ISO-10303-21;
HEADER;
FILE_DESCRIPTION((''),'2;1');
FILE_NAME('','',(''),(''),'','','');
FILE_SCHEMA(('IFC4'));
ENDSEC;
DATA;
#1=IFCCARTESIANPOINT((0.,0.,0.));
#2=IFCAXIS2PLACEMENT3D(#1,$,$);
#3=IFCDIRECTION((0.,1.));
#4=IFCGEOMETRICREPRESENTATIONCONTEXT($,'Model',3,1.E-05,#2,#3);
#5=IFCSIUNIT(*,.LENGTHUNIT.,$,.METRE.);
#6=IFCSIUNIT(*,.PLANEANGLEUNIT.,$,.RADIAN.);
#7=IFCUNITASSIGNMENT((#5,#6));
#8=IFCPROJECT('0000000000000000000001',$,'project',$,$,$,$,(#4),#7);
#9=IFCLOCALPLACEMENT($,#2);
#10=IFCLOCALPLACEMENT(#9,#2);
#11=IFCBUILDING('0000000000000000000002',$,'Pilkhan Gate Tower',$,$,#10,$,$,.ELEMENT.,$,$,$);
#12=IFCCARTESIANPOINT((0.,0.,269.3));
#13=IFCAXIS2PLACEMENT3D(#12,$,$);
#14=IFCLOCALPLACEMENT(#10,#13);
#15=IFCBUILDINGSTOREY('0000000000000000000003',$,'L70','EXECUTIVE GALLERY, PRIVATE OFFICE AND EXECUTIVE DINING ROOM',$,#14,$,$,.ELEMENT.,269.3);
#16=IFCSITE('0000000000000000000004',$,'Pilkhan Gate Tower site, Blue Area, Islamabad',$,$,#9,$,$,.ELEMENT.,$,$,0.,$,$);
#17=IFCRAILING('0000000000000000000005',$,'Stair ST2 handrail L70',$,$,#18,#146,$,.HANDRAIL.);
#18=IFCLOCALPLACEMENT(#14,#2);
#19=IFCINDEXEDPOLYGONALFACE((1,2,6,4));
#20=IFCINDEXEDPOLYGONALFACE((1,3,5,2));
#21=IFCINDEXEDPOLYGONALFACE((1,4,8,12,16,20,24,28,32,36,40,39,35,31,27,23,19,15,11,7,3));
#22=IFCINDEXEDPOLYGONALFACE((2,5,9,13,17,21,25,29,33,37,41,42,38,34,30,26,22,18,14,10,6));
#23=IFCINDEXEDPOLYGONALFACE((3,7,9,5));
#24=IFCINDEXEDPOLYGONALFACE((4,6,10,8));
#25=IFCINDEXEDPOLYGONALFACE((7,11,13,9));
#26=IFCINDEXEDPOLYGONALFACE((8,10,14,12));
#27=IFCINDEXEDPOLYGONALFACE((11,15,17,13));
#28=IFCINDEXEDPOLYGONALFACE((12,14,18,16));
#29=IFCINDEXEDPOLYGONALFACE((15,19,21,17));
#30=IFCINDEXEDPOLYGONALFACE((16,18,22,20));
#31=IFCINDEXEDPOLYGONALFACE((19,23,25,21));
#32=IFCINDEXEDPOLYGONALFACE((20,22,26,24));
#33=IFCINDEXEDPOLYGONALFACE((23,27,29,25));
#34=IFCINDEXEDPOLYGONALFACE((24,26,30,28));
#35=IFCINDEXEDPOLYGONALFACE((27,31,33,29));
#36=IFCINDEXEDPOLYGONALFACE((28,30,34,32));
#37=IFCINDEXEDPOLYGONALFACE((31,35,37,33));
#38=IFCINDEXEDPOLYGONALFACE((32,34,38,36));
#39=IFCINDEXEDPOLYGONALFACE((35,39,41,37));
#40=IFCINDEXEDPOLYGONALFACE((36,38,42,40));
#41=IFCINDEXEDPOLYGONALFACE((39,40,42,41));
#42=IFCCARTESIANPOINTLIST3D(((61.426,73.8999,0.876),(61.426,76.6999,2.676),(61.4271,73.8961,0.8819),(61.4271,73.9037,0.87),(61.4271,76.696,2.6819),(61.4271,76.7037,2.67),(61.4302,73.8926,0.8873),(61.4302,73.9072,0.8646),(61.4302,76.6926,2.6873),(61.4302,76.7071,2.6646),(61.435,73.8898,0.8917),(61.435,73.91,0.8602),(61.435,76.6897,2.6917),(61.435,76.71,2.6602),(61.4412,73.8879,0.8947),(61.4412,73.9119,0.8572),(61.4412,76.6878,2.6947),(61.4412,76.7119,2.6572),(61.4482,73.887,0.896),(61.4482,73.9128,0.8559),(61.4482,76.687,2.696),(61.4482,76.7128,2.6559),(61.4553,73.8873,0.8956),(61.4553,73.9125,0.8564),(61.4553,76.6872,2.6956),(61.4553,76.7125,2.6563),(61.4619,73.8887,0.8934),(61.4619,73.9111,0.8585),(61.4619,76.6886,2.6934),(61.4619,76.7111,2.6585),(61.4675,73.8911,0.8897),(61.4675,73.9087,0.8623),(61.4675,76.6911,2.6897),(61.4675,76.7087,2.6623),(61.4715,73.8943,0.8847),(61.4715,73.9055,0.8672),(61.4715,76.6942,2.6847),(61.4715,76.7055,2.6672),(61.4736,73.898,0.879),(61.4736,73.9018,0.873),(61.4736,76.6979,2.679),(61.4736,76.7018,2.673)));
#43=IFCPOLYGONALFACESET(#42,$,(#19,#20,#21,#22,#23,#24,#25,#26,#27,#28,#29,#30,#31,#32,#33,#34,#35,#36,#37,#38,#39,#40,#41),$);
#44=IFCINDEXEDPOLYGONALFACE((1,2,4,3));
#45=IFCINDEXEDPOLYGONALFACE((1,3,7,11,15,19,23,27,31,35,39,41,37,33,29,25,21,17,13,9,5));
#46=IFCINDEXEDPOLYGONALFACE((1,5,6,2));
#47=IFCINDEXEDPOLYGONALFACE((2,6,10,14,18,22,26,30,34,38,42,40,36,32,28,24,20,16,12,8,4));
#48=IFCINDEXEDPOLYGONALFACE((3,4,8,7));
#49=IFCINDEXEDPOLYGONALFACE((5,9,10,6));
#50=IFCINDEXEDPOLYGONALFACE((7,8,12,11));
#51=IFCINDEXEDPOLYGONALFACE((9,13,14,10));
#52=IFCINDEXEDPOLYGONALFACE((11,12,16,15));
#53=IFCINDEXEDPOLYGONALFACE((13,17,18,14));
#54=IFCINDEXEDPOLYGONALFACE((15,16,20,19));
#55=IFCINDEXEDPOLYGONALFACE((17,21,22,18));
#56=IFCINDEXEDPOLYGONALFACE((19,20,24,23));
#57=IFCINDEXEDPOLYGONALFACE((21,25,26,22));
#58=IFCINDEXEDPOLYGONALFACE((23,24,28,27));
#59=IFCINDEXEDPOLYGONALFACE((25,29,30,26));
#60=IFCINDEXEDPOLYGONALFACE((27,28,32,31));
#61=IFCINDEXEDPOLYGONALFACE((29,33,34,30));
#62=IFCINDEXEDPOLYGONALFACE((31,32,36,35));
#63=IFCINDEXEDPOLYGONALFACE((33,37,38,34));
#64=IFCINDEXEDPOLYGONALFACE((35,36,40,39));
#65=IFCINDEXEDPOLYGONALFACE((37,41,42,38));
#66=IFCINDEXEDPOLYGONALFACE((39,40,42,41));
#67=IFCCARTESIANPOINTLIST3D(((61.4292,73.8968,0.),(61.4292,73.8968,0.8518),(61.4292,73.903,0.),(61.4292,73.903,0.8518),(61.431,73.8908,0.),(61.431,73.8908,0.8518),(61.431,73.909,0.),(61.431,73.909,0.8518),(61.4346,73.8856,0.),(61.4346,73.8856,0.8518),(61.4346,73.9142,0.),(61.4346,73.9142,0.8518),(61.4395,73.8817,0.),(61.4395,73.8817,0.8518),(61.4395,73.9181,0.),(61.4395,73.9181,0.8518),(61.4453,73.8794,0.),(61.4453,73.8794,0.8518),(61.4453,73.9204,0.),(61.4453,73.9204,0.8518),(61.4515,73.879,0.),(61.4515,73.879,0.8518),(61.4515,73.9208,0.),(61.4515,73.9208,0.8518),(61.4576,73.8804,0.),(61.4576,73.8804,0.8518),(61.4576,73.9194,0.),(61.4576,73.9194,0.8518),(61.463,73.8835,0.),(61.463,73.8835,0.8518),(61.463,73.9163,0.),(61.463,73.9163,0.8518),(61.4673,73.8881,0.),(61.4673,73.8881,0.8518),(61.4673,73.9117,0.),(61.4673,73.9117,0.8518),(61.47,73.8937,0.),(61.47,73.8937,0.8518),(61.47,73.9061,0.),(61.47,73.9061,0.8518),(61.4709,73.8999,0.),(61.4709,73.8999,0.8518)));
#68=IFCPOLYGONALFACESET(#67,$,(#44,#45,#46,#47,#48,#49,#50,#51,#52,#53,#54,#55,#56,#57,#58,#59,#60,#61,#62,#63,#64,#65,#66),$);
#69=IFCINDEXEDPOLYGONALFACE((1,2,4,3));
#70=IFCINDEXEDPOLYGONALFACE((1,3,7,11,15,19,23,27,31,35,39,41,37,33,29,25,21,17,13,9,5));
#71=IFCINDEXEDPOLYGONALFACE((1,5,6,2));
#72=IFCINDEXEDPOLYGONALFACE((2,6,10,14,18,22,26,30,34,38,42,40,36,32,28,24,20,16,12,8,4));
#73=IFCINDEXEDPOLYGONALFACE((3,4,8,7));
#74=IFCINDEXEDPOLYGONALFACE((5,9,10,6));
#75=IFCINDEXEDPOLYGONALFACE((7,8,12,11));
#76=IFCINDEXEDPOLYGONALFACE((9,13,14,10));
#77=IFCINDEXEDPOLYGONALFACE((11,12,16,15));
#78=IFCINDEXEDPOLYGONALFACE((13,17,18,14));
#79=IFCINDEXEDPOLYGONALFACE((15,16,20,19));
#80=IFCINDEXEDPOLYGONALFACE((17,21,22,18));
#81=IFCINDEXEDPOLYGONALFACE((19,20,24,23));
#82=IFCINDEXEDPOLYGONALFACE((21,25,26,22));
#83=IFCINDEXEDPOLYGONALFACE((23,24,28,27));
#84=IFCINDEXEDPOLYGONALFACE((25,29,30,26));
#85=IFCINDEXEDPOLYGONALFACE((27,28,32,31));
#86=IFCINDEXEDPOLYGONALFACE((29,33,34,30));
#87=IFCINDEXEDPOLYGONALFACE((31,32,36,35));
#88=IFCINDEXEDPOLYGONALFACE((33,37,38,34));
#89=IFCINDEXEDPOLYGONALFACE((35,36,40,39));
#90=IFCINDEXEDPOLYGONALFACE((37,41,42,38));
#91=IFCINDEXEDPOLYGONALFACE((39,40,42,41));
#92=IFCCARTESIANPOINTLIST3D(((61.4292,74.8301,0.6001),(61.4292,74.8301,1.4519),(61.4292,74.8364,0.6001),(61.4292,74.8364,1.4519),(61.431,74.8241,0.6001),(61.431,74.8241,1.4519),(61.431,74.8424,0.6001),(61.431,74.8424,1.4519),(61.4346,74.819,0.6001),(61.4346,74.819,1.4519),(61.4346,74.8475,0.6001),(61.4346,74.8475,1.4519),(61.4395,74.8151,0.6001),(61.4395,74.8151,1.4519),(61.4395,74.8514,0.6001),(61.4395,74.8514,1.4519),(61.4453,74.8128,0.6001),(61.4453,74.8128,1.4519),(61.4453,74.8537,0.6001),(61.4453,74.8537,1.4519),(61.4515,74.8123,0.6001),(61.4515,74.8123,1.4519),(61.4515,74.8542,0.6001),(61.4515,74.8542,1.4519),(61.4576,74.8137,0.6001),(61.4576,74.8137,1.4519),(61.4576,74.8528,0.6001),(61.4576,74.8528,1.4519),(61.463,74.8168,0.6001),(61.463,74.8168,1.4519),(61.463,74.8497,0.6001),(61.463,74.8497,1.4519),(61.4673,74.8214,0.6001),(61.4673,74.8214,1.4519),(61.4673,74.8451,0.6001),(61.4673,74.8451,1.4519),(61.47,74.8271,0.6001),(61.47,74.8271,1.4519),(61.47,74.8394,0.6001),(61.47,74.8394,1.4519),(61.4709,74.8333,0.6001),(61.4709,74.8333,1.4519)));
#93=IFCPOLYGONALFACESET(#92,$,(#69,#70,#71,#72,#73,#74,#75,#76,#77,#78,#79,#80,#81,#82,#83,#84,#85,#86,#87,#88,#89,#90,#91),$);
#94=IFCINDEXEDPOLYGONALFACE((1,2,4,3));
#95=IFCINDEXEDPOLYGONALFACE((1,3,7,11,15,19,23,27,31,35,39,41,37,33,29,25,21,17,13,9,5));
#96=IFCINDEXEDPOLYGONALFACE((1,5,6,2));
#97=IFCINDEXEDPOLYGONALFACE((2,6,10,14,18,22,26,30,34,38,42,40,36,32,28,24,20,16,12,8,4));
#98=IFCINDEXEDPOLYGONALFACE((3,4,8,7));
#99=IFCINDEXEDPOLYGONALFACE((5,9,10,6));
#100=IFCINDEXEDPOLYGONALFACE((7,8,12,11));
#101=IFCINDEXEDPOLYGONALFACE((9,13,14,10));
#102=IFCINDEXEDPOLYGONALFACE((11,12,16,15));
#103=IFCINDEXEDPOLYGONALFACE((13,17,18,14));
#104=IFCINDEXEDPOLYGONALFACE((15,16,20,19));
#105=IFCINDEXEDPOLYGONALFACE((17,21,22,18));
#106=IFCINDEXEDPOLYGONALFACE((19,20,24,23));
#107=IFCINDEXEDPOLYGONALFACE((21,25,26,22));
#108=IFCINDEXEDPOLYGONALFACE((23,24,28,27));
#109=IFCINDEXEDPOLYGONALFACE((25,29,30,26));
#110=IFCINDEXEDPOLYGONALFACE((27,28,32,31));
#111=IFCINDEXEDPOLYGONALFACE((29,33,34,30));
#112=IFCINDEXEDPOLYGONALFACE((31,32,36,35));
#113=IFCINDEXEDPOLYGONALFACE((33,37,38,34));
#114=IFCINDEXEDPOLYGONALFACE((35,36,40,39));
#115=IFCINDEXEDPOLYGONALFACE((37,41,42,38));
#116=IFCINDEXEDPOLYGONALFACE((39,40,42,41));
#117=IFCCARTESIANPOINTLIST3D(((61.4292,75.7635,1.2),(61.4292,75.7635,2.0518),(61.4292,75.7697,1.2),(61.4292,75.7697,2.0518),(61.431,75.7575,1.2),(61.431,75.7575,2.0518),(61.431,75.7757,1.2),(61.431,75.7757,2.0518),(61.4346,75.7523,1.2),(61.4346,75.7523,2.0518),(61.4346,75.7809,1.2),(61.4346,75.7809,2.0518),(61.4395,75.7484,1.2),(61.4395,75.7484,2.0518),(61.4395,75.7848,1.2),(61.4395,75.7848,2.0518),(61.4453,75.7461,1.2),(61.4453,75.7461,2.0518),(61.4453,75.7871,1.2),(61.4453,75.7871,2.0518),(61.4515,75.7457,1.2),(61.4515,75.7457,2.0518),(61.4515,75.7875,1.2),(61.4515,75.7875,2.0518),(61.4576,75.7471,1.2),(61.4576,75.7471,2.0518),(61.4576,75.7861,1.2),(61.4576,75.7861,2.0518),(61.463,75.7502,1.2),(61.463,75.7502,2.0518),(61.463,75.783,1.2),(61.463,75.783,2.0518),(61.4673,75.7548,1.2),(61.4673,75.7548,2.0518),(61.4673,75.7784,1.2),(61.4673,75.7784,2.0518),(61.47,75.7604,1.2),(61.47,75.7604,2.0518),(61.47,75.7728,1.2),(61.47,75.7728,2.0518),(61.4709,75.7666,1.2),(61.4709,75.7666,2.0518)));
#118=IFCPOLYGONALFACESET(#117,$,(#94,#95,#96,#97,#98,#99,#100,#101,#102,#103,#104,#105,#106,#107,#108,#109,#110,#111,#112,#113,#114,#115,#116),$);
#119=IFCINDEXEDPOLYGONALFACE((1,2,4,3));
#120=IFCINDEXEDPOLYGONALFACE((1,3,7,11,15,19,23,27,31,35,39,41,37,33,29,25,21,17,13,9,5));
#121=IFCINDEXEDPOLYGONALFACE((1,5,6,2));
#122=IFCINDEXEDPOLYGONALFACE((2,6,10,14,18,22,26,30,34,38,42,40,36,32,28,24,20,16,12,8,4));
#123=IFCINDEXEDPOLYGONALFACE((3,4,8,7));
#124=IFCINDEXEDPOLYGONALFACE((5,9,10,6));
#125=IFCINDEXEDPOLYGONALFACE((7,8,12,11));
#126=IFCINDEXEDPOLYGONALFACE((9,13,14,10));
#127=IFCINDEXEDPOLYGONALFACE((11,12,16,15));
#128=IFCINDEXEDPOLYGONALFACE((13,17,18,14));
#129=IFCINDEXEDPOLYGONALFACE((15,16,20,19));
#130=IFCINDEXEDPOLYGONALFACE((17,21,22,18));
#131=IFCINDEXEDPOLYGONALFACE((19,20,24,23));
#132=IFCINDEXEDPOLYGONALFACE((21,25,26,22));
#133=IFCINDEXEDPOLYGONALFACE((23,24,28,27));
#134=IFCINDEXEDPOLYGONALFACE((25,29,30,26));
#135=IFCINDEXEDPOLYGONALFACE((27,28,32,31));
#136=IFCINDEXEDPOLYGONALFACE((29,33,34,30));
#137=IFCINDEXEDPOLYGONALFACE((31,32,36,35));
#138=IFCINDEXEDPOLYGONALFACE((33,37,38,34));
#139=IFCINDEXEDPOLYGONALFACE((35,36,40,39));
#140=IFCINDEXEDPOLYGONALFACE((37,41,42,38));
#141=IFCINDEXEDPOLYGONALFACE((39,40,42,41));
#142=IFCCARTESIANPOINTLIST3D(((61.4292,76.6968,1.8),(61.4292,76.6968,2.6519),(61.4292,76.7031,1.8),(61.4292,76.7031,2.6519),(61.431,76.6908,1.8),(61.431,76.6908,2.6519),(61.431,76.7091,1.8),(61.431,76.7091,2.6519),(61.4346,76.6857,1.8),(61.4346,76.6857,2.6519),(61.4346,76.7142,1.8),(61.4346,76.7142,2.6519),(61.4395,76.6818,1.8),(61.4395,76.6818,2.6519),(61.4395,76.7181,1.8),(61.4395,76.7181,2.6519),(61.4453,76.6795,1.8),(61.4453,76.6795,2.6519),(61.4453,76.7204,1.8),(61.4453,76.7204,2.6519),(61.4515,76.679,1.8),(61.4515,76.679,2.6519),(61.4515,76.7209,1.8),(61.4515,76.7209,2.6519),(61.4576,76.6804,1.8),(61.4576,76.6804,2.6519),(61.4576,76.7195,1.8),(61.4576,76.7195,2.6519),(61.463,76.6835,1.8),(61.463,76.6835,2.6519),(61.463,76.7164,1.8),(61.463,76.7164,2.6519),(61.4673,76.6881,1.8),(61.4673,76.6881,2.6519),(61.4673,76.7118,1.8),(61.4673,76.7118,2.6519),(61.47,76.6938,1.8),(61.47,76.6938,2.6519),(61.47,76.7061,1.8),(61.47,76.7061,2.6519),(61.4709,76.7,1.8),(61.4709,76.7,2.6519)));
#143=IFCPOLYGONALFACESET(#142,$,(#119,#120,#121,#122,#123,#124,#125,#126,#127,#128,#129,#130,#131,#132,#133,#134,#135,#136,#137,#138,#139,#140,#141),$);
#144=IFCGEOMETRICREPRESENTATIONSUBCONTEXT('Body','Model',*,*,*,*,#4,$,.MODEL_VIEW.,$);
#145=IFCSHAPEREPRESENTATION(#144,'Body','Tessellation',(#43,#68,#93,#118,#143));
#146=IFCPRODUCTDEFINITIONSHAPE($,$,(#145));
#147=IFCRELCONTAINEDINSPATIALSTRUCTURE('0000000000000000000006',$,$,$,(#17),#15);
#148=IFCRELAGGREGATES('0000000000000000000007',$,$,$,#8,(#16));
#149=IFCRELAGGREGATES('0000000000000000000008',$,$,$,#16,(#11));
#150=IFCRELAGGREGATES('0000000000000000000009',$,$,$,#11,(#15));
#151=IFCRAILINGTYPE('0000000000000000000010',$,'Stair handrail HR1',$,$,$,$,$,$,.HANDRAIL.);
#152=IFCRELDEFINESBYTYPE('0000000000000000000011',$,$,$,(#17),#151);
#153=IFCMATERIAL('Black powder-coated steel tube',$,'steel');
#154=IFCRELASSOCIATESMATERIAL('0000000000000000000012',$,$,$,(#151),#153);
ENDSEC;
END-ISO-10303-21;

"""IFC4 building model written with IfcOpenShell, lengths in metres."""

from ifc_helpers import new_model, si_unit, direction, frame, origin, origin_2d, place, context, subcontext, project, spatial, circle, extrude, material, type_object, element, save


model = new_model("IFC4")

# Units and contexts
model_context = context("Model", 3, precision=1e-05, world=origin(), true_north=direction((0.0, 1.0)))
body_context = subcontext(model_context, "Body", "Model", "MODEL_VIEW")
ifc_project = project(units=[si_unit("LENGTHUNIT", "METRE"), si_unit("PLANEANGLEUNIT", "RADIAN")], contexts=[model_context])

# Site, building, storey
site_placement = place(None, origin())
site = spatial("IfcSite", under=ifc_project, at=site_placement, Name="Pilkhan Gate Tower site, Blue Area, Islamabad", CompositionType="ELEMENT", RefElevation=0.0)
building_placement = place(site_placement, origin())
building = spatial("IfcBuilding", under=site, at=building_placement, Name="Pilkhan Gate Tower", CompositionType="ELEMENT")
storey_placement = place(building_placement, frame((0.0, 0.0, 269.3)))
storey = spatial("IfcBuildingStorey", under=building, at=storey_placement, Name="L70", Description="EXECUTIVE GALLERY, PRIVATE OFFICE AND EXECUTIVE DINING ROOM", CompositionType="ELEMENT", Elevation=269.3)

# Railing
ifc_material_1 = material(Name="Black powder-coated steel tube", Category="steel")
railing_type_1 = type_object("IfcRailingType", Name="Stair handrail HR1", PredefinedType="HANDRAIL", material=ifc_material_1)
railing_1_placement = place(storey_placement, frame((61.45, 73.8999, 0.0)))
element("IfcRailing", 1, at=railing_1_placement, inside=storey, type_object=railing_type_1, Name="Stair ST2 handrail L70", PredefinedType="HANDRAIL", context=body_context, shape_type="SweptSolid", body=[
    extrude(circle(Radius=0.0239, at=origin_2d()), frame((0.0, 0.0, 0.876), z_axis=(0.0, 0.841176, 0.540761), x_axis=(-1.0, 0.0, 0.0)), (0.0, 0.0, 1.0), 3.3286),
    extrude(circle(Radius=0.021, at=origin_2d()), origin(), (0.0, 0.0, 1.0), 0.8518),
    extrude(circle(Radius=0.021, at=origin_2d()), frame((0.0, 0.9333, 0.6001)), (0.0, 0.0, 1.0), 0.8518),
    extrude(circle(Radius=0.021, at=origin_2d()), frame((0.0, 1.8667, 1.2)), (0.0, 0.0, 1.0), 0.8518),
    extrude(circle(Radius=0.021, at=origin_2d()), frame((0.0, 2.8, 1.8)), (0.0, 0.0, 1.0), 0.8518),
])

save(model, "model.ifc")
